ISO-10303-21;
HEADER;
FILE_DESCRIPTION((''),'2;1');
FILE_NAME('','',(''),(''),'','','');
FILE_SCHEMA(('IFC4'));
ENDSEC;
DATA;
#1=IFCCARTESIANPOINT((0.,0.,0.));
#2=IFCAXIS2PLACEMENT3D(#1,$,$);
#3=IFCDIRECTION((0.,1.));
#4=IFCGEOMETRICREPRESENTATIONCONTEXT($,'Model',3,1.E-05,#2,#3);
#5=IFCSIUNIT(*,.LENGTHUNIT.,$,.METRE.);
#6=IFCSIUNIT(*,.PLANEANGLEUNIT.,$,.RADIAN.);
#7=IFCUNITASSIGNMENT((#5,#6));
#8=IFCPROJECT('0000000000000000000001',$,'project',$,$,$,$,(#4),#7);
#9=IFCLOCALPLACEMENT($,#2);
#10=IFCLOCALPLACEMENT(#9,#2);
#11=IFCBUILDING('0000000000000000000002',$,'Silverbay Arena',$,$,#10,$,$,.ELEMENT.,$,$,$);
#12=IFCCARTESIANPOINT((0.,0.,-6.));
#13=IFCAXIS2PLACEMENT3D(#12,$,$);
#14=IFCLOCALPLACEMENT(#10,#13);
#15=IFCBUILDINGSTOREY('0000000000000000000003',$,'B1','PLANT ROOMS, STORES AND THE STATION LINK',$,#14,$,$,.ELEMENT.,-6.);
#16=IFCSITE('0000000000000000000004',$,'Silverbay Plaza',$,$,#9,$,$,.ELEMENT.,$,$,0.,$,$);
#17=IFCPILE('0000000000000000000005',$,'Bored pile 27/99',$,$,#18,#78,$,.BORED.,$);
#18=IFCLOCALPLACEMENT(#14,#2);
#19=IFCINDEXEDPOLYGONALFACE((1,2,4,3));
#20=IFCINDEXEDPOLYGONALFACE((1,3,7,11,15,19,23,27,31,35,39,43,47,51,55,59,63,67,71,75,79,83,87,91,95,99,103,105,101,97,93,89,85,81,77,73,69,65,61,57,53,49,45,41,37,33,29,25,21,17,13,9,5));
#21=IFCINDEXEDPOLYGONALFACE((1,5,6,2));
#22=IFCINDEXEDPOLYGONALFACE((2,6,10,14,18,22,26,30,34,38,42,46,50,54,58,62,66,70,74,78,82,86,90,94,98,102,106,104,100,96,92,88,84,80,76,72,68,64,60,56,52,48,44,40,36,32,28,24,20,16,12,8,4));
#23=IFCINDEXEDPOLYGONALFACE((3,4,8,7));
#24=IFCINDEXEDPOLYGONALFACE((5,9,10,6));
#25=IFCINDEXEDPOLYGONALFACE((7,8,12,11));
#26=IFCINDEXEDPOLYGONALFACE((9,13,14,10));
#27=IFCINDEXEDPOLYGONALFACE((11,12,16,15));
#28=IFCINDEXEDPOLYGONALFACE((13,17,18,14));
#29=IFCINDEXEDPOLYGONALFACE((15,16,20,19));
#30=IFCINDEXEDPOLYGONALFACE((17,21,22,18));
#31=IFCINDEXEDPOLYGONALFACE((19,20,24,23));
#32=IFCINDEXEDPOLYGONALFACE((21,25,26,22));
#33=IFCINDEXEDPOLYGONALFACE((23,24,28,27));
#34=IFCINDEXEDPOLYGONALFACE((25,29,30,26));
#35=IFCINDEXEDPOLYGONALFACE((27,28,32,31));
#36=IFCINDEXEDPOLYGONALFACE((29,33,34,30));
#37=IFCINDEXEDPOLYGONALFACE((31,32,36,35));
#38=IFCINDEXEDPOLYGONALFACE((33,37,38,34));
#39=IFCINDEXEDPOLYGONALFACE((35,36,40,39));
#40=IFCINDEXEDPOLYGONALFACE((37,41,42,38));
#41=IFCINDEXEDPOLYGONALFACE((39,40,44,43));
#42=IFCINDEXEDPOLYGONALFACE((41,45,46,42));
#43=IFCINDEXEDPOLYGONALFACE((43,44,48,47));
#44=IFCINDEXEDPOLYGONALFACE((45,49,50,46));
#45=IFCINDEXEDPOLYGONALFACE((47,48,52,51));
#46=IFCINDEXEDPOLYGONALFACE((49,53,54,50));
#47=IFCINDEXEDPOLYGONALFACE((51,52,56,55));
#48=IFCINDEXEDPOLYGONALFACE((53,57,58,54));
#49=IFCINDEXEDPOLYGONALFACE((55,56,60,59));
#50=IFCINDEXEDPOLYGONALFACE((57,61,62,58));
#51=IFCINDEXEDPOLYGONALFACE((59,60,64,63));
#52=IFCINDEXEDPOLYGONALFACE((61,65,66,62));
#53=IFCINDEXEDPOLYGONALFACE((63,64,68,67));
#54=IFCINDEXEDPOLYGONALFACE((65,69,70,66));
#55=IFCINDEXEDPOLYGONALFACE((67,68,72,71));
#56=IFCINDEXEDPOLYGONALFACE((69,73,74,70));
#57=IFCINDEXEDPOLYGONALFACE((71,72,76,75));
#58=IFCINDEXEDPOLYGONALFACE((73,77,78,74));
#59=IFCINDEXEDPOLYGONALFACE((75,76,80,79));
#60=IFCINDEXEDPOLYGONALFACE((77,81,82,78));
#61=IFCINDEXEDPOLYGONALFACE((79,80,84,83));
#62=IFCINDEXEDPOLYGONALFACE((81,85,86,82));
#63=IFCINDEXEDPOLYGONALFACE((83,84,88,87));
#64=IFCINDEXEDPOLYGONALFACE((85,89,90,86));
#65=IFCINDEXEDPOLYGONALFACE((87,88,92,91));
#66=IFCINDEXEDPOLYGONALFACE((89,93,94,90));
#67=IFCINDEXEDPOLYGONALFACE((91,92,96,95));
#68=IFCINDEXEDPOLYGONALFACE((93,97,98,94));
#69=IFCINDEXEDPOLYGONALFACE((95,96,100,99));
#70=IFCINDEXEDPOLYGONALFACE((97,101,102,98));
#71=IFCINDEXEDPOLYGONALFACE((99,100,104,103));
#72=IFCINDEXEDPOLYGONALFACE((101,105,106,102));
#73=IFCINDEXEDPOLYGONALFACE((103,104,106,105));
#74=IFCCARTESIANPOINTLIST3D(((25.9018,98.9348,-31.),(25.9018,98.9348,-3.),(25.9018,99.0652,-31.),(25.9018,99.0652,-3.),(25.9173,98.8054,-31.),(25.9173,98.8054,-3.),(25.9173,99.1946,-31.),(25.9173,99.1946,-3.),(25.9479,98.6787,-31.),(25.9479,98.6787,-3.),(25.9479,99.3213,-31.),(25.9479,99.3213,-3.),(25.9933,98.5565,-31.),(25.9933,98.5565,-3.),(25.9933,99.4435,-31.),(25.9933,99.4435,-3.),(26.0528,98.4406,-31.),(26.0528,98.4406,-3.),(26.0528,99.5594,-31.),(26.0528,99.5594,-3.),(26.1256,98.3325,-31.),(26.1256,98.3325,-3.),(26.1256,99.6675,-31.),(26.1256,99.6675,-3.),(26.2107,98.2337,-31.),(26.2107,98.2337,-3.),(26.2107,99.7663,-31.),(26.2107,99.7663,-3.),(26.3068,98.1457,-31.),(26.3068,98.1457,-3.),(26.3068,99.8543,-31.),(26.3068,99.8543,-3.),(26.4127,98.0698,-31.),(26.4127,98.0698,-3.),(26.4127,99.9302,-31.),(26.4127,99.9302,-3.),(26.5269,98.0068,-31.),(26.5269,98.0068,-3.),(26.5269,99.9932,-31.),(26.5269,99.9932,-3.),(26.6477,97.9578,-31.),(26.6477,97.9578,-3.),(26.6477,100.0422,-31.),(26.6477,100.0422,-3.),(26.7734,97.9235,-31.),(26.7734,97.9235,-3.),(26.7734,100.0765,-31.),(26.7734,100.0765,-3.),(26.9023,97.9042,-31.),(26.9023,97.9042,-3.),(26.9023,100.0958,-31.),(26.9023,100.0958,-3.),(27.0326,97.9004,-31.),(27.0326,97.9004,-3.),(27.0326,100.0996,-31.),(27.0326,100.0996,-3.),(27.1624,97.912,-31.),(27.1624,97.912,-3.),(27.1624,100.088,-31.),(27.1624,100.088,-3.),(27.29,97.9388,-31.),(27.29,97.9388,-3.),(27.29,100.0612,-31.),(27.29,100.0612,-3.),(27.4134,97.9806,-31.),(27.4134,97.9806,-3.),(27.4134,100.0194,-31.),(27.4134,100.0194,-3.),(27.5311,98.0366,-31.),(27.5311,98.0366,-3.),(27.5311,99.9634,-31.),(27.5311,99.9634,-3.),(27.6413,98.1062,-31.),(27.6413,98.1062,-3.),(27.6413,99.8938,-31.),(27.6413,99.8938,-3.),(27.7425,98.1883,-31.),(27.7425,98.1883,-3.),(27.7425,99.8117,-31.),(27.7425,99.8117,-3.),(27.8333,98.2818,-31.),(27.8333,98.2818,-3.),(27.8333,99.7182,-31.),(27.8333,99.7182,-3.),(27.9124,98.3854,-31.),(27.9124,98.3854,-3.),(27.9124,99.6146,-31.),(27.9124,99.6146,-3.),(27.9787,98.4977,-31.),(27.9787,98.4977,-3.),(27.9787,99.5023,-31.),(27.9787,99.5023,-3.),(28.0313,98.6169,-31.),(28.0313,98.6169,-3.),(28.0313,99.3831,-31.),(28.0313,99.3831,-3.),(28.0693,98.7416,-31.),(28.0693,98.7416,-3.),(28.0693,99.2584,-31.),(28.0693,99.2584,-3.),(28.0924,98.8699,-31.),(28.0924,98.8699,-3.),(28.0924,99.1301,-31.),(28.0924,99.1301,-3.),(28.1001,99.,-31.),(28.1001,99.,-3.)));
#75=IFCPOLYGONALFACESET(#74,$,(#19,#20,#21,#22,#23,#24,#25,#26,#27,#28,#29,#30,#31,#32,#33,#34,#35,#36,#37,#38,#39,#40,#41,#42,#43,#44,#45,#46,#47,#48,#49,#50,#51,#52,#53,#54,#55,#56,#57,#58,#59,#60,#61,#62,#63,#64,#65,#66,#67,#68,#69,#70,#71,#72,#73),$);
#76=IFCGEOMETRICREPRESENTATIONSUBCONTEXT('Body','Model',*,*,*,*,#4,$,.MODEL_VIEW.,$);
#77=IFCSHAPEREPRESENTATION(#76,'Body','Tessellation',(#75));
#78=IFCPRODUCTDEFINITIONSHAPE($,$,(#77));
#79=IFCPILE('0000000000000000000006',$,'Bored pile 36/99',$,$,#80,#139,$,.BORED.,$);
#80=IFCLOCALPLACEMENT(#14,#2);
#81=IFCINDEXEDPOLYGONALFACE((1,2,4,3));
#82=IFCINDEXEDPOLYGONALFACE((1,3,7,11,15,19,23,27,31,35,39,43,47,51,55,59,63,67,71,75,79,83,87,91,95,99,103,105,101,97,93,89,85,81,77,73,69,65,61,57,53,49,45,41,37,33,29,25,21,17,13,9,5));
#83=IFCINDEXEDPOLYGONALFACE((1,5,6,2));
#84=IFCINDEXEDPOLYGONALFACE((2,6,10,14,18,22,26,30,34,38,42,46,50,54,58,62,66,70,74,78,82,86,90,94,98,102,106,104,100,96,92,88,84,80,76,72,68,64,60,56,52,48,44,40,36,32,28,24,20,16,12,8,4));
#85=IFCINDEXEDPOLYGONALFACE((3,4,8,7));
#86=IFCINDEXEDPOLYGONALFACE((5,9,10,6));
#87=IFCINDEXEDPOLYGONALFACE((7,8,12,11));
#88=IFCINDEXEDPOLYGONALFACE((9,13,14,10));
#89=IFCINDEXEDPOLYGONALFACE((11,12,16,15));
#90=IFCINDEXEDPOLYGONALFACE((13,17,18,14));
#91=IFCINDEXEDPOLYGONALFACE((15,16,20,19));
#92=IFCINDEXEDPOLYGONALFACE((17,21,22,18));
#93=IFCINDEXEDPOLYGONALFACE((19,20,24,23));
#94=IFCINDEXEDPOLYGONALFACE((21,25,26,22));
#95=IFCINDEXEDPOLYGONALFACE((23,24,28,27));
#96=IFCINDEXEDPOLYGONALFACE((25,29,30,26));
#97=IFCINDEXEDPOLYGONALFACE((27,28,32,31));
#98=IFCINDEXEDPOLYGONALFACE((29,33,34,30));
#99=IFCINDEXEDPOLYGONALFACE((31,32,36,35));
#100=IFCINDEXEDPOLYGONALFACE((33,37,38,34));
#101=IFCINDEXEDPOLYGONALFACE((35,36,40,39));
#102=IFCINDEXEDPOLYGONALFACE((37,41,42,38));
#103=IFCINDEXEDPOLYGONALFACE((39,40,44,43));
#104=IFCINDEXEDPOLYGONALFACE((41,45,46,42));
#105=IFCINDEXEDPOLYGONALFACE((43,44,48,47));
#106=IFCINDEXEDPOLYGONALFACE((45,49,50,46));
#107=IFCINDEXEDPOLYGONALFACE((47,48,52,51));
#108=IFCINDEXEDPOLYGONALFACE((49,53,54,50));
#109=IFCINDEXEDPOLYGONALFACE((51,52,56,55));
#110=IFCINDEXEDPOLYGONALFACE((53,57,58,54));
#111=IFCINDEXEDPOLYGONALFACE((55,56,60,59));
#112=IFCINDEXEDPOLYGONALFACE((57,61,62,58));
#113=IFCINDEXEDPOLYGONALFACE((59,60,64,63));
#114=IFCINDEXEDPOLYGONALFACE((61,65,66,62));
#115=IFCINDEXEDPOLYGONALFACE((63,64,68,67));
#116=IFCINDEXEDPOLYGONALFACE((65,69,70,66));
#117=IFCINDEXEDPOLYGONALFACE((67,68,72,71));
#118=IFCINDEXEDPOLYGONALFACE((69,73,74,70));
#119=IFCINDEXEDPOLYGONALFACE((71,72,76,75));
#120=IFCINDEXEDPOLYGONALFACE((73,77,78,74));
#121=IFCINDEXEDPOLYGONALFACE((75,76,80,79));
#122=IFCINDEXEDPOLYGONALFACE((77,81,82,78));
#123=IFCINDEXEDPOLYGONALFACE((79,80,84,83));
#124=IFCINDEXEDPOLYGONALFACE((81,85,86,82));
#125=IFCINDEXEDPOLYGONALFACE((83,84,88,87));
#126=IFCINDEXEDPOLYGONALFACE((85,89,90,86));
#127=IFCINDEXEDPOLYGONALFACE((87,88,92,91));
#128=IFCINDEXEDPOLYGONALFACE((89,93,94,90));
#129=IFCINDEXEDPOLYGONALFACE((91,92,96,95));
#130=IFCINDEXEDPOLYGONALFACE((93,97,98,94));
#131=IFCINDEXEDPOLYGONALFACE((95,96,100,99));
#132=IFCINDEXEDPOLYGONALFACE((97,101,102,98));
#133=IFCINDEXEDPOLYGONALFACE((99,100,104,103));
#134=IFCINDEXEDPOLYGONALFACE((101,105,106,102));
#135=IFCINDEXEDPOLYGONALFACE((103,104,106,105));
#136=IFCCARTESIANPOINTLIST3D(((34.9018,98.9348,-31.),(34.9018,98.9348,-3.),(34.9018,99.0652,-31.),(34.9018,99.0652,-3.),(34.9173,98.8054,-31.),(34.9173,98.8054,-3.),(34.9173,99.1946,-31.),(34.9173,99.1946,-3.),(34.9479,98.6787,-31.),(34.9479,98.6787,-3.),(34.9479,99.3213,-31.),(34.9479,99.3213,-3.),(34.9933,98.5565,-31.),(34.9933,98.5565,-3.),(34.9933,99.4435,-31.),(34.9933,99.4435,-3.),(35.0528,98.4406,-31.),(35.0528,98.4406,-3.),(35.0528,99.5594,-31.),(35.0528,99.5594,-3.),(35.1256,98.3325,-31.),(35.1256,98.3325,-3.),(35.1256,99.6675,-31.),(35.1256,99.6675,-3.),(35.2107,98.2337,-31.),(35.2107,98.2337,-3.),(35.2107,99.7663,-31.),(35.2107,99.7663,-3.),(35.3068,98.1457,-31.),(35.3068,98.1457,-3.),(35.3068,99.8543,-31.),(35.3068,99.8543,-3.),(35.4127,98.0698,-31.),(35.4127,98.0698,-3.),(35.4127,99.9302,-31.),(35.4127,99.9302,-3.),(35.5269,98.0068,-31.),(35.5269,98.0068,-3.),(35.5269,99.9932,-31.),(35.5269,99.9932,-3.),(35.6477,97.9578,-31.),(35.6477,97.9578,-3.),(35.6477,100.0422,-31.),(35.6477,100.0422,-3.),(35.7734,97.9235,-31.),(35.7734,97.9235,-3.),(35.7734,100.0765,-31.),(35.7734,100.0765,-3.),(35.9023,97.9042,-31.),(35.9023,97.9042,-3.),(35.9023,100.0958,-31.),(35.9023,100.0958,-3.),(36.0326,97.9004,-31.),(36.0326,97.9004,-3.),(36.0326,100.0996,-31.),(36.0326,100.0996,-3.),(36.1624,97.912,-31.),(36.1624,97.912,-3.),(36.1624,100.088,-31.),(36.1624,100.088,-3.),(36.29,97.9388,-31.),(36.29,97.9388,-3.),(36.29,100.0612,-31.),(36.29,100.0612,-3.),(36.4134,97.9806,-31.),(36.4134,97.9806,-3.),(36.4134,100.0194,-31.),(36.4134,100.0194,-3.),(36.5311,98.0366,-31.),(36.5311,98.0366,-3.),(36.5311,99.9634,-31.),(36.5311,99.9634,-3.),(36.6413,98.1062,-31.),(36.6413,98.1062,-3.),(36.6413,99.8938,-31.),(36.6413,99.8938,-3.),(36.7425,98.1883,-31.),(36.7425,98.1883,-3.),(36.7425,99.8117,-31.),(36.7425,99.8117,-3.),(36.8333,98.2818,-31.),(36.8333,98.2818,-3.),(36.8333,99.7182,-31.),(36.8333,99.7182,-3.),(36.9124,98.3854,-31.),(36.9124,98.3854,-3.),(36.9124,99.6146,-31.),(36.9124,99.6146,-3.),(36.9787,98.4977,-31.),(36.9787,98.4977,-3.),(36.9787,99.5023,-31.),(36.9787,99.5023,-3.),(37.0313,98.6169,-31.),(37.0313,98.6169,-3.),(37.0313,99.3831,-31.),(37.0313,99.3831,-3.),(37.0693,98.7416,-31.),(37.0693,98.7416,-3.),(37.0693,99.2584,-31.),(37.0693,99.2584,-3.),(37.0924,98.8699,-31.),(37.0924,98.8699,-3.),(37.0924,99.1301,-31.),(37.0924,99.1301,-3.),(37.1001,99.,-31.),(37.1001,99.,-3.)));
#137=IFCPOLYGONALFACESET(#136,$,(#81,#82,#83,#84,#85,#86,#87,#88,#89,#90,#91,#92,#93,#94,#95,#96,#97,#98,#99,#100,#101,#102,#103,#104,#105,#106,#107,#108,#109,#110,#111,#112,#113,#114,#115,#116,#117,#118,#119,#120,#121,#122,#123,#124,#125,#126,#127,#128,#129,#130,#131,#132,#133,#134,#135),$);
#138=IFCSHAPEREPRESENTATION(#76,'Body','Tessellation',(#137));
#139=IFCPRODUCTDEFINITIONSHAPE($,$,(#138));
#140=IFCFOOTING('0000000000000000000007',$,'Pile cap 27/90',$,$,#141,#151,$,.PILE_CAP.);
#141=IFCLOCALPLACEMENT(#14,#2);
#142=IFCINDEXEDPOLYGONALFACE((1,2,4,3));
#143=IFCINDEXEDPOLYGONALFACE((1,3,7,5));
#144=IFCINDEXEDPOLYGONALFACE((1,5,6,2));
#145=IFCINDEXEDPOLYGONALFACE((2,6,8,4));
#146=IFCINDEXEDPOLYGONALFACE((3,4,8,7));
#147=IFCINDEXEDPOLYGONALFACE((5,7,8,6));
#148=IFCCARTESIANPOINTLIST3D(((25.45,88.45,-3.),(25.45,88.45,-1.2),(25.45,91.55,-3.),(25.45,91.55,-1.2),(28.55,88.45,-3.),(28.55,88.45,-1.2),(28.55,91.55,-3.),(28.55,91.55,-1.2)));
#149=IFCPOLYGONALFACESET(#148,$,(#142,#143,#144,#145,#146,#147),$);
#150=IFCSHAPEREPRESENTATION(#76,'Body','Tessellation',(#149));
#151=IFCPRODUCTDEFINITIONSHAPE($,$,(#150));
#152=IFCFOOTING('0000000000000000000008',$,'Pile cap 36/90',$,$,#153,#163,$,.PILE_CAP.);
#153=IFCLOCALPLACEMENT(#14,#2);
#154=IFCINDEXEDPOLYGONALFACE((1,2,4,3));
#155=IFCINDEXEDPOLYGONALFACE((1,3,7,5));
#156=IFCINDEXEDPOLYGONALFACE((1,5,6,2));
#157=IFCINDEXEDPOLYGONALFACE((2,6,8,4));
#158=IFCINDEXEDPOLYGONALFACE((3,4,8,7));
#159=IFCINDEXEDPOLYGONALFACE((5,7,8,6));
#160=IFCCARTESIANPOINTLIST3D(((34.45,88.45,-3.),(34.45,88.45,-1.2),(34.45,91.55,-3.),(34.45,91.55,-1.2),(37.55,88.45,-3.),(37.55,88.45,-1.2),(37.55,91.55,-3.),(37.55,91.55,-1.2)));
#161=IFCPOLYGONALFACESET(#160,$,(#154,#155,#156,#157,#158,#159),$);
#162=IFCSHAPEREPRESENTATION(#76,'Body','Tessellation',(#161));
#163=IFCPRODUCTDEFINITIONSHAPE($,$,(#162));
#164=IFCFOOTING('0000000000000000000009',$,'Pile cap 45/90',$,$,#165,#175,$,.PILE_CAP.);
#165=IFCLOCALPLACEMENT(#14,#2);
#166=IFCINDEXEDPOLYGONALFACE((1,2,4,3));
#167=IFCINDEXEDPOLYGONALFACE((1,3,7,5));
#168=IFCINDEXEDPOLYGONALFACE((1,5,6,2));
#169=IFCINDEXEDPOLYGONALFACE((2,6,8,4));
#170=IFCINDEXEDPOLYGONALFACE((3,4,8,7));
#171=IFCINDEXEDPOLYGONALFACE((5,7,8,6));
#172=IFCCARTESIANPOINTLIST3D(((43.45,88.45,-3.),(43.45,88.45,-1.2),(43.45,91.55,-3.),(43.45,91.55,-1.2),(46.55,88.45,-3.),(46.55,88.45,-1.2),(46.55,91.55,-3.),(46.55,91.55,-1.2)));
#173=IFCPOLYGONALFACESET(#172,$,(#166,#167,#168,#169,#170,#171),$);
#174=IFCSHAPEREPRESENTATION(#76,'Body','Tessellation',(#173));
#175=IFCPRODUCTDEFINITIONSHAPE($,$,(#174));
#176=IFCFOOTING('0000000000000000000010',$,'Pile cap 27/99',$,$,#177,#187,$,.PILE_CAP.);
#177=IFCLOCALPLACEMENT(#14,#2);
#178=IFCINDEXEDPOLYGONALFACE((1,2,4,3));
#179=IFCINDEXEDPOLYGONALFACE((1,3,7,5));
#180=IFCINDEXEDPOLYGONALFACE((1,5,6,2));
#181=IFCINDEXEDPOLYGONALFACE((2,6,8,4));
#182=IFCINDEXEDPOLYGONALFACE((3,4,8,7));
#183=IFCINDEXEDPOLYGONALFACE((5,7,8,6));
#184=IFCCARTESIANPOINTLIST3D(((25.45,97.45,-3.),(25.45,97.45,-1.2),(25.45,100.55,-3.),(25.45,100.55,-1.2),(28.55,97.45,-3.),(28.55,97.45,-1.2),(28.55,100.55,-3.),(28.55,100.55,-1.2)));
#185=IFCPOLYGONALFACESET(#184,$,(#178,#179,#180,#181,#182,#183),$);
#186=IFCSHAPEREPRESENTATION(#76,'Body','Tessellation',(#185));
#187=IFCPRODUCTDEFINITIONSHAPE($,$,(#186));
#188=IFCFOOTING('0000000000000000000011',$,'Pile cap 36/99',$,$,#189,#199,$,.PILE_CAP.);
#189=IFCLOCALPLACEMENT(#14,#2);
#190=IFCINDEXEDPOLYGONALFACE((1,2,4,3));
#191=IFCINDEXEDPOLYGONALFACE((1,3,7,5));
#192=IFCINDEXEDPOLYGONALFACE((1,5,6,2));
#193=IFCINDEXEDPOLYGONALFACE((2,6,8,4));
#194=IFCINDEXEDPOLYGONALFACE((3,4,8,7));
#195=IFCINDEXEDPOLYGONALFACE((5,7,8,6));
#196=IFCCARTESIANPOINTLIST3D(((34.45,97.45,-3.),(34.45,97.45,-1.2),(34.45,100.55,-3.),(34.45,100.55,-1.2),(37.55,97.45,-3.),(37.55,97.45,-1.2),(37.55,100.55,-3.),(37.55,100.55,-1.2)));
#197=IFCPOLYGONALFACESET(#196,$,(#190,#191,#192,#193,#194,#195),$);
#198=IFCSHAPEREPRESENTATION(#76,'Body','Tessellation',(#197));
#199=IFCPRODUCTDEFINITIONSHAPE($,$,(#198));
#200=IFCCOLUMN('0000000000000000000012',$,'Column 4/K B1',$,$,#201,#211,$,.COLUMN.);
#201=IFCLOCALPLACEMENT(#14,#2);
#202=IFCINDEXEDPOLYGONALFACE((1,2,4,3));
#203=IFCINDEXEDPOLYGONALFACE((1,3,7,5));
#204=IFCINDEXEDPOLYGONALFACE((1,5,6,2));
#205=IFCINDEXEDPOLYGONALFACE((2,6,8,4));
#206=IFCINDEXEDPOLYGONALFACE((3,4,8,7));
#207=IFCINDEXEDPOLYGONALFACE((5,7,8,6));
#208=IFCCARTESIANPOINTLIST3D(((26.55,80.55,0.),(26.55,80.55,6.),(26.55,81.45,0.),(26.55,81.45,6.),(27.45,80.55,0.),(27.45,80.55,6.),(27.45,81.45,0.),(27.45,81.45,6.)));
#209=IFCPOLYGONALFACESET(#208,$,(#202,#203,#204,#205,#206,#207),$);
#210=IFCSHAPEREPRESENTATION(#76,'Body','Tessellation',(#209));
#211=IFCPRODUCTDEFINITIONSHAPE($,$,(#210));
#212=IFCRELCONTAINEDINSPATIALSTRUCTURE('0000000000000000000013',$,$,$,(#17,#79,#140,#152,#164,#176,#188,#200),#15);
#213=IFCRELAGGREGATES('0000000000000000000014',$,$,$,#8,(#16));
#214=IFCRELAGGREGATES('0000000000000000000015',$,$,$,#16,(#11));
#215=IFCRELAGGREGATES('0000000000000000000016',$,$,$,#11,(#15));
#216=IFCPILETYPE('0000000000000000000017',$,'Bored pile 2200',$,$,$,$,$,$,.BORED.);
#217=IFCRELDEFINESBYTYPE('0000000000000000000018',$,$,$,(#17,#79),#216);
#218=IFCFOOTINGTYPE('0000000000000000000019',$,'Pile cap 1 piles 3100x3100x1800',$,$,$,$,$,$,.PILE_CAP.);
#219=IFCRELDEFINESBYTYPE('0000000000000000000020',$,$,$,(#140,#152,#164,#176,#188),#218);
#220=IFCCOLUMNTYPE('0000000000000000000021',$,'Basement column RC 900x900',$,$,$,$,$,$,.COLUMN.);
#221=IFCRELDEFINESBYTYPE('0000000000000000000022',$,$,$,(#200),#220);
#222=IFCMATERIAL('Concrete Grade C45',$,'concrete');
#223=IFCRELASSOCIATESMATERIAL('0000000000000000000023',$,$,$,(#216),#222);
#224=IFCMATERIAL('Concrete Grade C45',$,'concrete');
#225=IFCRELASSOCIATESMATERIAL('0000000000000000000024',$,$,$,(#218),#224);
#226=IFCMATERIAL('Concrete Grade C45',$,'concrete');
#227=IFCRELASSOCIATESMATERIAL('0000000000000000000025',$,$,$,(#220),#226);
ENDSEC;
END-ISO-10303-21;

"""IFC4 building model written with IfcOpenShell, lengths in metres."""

from ifc_helpers import new_model, si_unit, direction, frame, origin, origin_2d, place, context, subcontext, project, spatial, rectangle, circle, extrude, material, material_profile, profile_set, type_object, element, save


model = new_model("IFC4")

# Units and contexts
model_context = context("Model", 3, precision=1e-05, world=origin(), true_north=direction((0.0, 1.0)))
body_context = subcontext(model_context, "Body", "Model", "MODEL_VIEW")
ifc_project = project(units=[si_unit("LENGTHUNIT", "METRE"), si_unit("PLANEANGLEUNIT", "RADIAN")], contexts=[model_context])

# Site, building, storey
site_placement = place(None, origin())
site = spatial("IfcSite", under=ifc_project, at=site_placement, Name="Silverbay Plaza", CompositionType="ELEMENT", RefElevation=0.0)
building_placement = place(site_placement, origin())
building = spatial("IfcBuilding", under=site, at=building_placement, Name="Silverbay Arena", CompositionType="ELEMENT")
storey_placement = place(building_placement, frame((0.0, 0.0, -6.0)))
storey = spatial("IfcBuildingStorey", under=building, at=storey_placement, Name="B1", Description="PLANT ROOMS, STORES AND THE STATION LINK", CompositionType="ELEMENT", Elevation=-6.0)

# Piles
ifc_material_1 = material(Name="Concrete Grade C45", Category="concrete")
ifc_material_profile_1 = material_profile(ifc_material_1, circle(Radius=1.1001, at=origin_2d()), Name="Bored pile 2200")
ifc_profile_set_1 = profile_set([ifc_material_profile_1], Name="Concrete Grade C45")
pile_type_1 = type_object("IfcPileType", Name="Bored pile 2200", PredefinedType="BORED", material=ifc_profile_set_1)
for number, where, z_axis, x_axis, name in (
    (1, (27.0, 99.0, -3.0), (0.0, 0.0, -1.0), (1.0, 0.0, 0.0), "Bored pile 27/99"),
    (2, (36.0, 99.0, -3.0), (0.0, 0.0, -1.0), (1.0, 0.0, 0.0), "Bored pile 36/99"),
):
    element("IfcPile", number, at=place(storey_placement, frame(where, z_axis=z_axis, x_axis=x_axis)), inside=storey, type_object=pile_type_1, Name=name, PredefinedType="BORED", context=body_context, shape_type="SweptSolid", body=[
        extrude(circle(Radius=1.1001, at=origin_2d()), origin(), (0.0, 0.0, 1.0), 28.0),
    ])

# Footings
ifc_material_2 = material(Name="Concrete Grade C45", Category="concrete")
footing_type = type_object("IfcFootingType", Name="Pile cap 1 piles 3100x3100x1800", PredefinedType="PILE_CAP", material=ifc_material_2)
for number, where, z_axis, x_axis, name in (
    (3, (27.0, 90.0, -3.0), (0.0, 0.0, 1.0), (1.0, 0.0, 0.0), "Pile cap 27/90"),
    (4, (36.0, 90.0, -3.0), (0.0, 0.0, 1.0), (1.0, 0.0, 0.0), "Pile cap 36/90"),
    (5, (45.0, 90.0, -3.0), (0.0, 0.0, 1.0), (1.0, 0.0, 0.0), "Pile cap 45/90"),
    (6, (27.0, 99.0, -3.0), (0.0, 0.0, 1.0), (1.0, 0.0, 0.0), "Pile cap 27/99"),
    (7, (36.0, 99.0, -3.0), (0.0, 0.0, 1.0), (1.0, 0.0, 0.0), "Pile cap 36/99"),
):
    element("IfcFooting", number, at=place(storey_placement, frame(where, z_axis=z_axis, x_axis=x_axis)), inside=storey, type_object=footing_type, Name=name, PredefinedType="PILE_CAP", context=body_context, shape_type="SweptSolid", body=[
        extrude(rectangle(XDim=3.1001, YDim=3.1001, at=origin_2d()), origin(), (0.0, 0.0, 1.0), 1.8),
    ])

# Column
ifc_material_3 = material(Name="Concrete Grade C45", Category="concrete")
ifc_material_profile_2 = material_profile(ifc_material_3, rectangle(XDim=0.8999, YDim=0.8999, at=origin_2d()), Name="RC 900x900")
ifc_profile_set_2 = profile_set([ifc_material_profile_2], Name="Concrete Grade C45")
column_type = type_object("IfcColumnType", Name="Basement column RC 900x900", PredefinedType="COLUMN", material=ifc_profile_set_2)
for number, where, z_axis, x_axis, name in (
    (8, (27.0, 81.0, 0.0), (0.0, 0.0, 1.0), (1.0, 0.0, 0.0), "Column 4/K B1"),
):
    element("IfcColumn", number, at=place(storey_placement, frame(where, z_axis=z_axis, x_axis=x_axis)), inside=storey, type_object=column_type, Name=name, PredefinedType="COLUMN", context=body_context, shape_type="SweptSolid", body=[
        extrude(rectangle(XDim=0.8999, YDim=0.8999, at=origin_2d()), origin(), (0.0, 0.0, 1.0), 6.0),
    ])

save(model, "model.ifc")
